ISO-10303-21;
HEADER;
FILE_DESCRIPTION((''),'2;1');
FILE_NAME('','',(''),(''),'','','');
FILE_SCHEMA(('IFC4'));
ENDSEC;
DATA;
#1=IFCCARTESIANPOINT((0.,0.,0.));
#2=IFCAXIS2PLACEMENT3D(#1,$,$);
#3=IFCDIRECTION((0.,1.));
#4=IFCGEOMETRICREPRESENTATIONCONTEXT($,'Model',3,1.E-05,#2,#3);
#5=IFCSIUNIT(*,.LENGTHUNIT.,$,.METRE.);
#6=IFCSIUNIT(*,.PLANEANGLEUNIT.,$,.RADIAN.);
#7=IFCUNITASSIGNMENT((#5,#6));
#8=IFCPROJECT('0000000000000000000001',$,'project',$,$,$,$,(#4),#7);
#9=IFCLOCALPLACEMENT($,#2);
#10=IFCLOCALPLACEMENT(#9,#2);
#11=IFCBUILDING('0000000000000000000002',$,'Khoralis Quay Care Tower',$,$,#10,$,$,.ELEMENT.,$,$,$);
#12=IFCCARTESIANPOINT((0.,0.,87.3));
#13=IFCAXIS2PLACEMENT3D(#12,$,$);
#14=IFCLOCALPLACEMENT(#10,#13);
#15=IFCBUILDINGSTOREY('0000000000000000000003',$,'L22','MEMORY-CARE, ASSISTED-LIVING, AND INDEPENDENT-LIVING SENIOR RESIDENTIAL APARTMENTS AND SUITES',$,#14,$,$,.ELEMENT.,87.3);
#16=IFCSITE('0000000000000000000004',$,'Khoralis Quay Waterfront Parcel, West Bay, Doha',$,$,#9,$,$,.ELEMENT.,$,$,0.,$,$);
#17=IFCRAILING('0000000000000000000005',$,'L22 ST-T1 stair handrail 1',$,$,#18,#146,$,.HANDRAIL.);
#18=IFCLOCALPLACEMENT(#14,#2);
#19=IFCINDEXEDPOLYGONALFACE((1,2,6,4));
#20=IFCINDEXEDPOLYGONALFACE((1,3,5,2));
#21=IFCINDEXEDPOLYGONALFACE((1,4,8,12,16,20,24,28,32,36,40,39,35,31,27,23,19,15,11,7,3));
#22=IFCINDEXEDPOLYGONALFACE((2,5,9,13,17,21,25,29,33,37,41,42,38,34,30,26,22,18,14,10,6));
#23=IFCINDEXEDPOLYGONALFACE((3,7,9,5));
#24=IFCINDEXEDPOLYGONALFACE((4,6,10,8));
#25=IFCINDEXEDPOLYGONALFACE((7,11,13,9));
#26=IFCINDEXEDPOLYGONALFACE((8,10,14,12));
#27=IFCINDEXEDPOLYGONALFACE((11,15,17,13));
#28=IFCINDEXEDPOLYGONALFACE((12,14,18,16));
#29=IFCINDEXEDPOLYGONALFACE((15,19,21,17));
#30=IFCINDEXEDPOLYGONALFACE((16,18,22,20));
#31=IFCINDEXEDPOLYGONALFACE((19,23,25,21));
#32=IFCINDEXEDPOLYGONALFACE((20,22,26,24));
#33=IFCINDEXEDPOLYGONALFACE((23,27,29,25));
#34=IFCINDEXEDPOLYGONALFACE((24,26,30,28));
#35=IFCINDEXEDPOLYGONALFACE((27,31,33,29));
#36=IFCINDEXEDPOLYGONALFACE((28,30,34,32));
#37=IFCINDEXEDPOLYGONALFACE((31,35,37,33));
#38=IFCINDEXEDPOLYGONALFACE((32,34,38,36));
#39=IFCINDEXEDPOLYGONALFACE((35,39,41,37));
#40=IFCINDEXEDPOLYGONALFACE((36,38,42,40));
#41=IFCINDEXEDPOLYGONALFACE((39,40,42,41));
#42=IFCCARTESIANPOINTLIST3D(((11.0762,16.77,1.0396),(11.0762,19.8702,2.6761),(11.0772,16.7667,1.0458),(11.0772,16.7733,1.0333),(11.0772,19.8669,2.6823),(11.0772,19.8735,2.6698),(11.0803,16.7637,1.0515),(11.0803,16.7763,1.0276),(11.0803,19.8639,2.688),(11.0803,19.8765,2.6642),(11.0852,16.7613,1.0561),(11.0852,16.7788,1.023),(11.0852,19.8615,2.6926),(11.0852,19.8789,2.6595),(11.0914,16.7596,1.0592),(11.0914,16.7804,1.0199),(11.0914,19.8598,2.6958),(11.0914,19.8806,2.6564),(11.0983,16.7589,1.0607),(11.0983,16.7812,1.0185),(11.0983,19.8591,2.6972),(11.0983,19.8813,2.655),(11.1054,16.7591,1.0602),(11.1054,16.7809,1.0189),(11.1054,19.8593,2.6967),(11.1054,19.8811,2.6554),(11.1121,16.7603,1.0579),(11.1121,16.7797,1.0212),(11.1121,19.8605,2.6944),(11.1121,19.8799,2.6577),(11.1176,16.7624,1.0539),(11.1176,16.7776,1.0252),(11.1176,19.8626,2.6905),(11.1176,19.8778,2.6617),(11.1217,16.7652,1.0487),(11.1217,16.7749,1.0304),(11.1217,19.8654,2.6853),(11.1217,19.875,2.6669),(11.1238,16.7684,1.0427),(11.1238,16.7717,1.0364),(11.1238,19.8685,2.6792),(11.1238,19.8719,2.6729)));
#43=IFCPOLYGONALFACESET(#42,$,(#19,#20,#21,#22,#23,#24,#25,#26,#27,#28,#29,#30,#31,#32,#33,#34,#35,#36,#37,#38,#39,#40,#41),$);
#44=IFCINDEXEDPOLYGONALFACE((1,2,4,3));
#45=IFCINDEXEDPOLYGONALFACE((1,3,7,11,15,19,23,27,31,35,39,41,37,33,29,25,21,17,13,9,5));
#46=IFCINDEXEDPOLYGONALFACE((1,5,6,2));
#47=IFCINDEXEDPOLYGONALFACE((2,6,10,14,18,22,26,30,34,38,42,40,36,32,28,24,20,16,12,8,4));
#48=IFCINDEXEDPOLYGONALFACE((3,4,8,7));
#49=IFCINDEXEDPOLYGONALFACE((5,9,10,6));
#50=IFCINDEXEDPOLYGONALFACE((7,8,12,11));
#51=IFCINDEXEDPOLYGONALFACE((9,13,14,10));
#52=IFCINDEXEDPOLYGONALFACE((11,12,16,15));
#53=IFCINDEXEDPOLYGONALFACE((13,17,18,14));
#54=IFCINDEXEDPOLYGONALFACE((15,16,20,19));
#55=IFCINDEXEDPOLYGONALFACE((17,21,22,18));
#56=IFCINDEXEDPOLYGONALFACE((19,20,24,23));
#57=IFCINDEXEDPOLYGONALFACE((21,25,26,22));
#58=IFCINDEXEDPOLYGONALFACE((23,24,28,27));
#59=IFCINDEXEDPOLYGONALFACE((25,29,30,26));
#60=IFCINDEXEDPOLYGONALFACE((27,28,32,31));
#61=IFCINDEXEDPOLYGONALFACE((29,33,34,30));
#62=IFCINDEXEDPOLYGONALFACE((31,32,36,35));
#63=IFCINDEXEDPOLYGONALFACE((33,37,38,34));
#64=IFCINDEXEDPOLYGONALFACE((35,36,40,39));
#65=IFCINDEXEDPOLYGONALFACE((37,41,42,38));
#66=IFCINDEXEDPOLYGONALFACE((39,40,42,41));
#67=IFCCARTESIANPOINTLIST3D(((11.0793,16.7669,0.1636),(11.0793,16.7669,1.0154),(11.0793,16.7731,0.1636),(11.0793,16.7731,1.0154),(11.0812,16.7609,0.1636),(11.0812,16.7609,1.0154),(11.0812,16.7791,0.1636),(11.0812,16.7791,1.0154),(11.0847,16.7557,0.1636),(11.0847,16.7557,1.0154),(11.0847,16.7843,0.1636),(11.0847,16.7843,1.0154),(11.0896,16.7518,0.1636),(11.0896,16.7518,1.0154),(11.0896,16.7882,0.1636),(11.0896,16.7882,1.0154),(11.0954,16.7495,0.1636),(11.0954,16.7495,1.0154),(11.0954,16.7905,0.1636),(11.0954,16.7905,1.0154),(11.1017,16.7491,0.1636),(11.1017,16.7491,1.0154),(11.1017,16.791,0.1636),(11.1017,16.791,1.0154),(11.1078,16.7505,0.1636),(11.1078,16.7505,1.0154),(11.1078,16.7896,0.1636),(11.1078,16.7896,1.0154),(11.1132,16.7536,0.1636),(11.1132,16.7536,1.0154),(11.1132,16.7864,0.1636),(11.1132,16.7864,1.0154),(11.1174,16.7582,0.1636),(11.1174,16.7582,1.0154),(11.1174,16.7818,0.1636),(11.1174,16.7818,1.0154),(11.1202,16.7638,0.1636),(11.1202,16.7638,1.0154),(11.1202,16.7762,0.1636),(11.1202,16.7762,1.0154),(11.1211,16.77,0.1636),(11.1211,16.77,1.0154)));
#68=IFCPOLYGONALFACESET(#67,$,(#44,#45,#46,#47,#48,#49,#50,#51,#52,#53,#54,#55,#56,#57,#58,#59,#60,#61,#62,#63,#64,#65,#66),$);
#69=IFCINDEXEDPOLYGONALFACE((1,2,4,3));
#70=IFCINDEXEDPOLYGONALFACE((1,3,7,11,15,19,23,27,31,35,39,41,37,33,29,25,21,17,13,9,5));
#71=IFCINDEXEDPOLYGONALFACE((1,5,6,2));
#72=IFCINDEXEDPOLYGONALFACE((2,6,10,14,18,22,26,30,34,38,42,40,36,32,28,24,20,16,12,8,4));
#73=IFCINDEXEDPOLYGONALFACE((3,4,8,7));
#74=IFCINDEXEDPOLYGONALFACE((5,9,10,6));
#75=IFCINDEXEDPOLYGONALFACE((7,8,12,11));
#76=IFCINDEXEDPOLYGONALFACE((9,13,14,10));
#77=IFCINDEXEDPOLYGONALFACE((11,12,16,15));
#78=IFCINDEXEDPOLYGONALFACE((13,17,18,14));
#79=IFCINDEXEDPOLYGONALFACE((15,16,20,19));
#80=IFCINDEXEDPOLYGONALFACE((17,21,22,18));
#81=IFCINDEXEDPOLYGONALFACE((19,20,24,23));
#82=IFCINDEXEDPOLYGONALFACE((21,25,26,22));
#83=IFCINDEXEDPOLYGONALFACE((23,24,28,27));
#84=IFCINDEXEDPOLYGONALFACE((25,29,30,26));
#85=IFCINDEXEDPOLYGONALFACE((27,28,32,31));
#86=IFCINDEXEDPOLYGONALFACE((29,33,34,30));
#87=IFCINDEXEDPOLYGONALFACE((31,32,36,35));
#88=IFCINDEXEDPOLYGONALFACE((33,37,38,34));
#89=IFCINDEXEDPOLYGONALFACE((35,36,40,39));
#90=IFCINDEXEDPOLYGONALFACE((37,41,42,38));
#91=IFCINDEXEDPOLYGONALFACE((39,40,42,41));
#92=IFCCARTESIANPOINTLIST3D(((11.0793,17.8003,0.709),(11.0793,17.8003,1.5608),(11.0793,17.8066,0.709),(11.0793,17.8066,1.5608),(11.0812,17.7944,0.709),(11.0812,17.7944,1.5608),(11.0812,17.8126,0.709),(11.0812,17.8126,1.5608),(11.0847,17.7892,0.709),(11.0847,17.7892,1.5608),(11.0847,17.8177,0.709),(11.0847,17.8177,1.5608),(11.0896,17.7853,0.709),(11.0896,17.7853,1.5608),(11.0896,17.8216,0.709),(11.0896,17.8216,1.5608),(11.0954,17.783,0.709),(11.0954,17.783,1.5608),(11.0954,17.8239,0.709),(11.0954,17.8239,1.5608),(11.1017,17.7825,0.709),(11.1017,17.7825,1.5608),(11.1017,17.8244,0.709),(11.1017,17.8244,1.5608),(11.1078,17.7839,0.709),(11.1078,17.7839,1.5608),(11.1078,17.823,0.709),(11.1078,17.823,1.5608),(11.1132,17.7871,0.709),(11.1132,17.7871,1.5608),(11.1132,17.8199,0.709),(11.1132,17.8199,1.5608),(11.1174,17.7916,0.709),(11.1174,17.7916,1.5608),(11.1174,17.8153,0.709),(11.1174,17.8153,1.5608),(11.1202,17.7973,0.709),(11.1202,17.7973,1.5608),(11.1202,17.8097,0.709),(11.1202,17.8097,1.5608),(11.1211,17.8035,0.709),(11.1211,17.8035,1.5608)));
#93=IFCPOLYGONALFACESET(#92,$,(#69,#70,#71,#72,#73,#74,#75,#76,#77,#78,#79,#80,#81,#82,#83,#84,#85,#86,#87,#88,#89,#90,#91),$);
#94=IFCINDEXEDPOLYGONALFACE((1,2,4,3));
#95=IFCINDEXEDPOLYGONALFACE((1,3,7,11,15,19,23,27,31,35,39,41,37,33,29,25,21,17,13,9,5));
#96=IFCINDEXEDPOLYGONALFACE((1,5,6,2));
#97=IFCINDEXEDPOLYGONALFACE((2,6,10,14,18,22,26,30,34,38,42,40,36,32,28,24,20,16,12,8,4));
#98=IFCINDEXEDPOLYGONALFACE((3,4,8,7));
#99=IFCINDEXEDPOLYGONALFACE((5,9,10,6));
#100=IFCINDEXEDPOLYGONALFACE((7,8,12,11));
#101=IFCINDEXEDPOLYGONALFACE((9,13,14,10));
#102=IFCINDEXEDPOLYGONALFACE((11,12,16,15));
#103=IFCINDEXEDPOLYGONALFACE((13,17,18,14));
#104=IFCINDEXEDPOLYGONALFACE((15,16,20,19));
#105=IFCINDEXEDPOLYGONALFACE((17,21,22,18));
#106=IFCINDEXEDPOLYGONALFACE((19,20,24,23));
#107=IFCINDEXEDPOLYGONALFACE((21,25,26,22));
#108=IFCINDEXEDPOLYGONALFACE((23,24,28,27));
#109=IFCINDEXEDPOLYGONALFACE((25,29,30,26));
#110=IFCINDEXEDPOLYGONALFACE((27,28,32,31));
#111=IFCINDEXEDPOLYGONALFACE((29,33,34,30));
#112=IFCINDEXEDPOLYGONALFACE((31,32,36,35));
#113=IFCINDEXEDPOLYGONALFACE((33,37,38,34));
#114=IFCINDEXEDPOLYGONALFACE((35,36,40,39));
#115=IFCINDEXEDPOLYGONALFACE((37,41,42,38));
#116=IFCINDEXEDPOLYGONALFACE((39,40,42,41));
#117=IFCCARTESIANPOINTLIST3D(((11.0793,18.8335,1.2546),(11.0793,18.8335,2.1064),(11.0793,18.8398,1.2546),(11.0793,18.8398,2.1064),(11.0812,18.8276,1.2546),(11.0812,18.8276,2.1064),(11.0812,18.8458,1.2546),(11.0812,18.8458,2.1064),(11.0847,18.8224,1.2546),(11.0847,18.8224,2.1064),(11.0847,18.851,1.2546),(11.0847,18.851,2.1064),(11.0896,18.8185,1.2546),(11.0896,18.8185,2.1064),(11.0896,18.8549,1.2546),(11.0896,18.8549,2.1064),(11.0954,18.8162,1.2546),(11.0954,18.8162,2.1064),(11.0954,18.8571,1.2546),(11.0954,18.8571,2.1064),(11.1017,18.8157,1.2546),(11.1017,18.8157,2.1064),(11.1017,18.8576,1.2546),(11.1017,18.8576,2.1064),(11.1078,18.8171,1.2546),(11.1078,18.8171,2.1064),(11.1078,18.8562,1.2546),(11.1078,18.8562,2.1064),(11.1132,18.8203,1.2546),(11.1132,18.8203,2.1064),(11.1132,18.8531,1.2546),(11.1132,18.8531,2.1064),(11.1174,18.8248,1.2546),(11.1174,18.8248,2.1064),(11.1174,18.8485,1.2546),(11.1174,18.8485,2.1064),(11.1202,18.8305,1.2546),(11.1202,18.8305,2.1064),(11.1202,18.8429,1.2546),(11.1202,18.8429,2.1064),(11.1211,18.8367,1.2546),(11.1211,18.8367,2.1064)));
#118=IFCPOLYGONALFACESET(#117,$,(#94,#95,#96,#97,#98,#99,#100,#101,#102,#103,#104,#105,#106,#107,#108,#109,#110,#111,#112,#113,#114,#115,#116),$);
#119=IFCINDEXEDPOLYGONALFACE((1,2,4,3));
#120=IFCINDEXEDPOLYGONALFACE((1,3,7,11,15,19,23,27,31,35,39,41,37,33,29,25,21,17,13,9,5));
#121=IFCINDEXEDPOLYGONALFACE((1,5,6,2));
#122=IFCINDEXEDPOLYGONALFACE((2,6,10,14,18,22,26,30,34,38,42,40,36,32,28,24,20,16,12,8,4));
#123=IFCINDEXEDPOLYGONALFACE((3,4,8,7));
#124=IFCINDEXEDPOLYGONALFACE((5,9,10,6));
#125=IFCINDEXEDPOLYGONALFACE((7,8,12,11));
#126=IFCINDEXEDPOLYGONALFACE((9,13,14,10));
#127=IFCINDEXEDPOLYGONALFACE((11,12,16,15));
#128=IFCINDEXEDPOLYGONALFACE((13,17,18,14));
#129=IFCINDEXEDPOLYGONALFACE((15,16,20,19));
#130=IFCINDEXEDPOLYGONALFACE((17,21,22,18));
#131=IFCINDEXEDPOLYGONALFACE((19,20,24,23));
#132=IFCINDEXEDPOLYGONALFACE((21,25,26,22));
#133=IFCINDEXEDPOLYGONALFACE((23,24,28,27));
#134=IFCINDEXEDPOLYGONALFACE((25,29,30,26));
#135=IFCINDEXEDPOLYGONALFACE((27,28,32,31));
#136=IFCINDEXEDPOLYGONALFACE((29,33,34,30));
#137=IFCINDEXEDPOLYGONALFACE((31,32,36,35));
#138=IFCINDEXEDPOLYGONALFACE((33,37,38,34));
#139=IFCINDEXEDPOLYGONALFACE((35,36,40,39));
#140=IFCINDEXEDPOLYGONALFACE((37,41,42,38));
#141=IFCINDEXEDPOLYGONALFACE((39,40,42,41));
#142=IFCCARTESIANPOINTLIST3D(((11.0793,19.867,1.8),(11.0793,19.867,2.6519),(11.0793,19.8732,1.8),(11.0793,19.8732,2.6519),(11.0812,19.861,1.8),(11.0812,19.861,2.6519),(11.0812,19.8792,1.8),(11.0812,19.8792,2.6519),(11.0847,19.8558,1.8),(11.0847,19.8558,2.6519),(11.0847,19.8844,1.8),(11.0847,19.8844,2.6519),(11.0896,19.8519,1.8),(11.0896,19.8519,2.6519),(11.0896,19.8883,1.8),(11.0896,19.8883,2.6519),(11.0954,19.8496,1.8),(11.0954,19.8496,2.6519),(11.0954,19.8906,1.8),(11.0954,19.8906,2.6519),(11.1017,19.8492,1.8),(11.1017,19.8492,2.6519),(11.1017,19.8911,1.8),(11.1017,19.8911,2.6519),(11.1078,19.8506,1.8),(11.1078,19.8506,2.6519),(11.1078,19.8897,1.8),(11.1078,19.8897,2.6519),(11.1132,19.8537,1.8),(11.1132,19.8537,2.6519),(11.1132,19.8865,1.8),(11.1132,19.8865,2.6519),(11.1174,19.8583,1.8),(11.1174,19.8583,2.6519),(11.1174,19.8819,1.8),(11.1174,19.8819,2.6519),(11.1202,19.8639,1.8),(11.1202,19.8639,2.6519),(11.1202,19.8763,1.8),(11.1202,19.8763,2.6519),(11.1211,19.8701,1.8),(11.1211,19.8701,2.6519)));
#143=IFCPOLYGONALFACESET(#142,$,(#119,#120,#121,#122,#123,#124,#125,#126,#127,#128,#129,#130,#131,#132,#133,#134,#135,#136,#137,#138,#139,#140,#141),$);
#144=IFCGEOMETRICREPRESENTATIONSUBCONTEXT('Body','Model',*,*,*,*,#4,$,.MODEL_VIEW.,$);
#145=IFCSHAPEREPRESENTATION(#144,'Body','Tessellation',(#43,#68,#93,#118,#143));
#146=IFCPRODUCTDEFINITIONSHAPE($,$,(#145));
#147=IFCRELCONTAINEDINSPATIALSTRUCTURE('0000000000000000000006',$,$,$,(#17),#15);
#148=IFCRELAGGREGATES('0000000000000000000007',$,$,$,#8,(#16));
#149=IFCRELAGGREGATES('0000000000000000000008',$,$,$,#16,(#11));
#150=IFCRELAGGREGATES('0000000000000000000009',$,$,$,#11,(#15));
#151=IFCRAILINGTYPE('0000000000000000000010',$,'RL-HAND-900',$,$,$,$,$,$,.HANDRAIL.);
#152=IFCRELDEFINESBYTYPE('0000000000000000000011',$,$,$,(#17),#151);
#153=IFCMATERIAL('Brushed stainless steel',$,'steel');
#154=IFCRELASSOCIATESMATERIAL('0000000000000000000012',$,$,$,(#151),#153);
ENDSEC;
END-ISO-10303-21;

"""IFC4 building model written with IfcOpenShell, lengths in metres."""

from ifc_helpers import new_model, si_unit, direction, frame, origin, origin_2d, place, context, subcontext, project, spatial, circle, extrude, material, type_object, element, save


model = new_model("IFC4")

# Units and contexts
model_context = context("Model", 3, precision=1e-05, world=origin(), true_north=direction((0.0, 1.0)))
body_context = subcontext(model_context, "Body", "Model", "MODEL_VIEW")
ifc_project = project(units=[si_unit("LENGTHUNIT", "METRE"), si_unit("PLANEANGLEUNIT", "RADIAN")], contexts=[model_context])

# Site, building, storey
site_placement = place(None, origin())
site = spatial("IfcSite", under=ifc_project, at=site_placement, Name="Khoralis Quay Waterfront Parcel, West Bay, Doha", CompositionType="ELEMENT", RefElevation=0.0)
building_placement = place(site_placement, origin())
building = spatial("IfcBuilding", under=site, at=building_placement, Name="Khoralis Quay Care Tower", CompositionType="ELEMENT")
storey_placement = place(building_placement, frame((0.0, 0.0, 87.3)))
storey = spatial("IfcBuildingStorey", under=building, at=storey_placement, Name="L22", Description="MEMORY-CARE, ASSISTED-LIVING, AND INDEPENDENT-LIVING SENIOR RESIDENTIAL APARTMENTS AND SUITES", CompositionType="ELEMENT", Elevation=87.3)

# Shared definitions
ifc_material_1 = material(Name="Brushed stainless steel", Category="steel")

# Railing
railing_type_1 = type_object("IfcRailingType", Name="RL-HAND-900", PredefinedType="HANDRAIL", material=ifc_material_1)
railing_1_placement = place(storey_placement, frame((11.1001, 16.77, 0.1636)))
element("IfcRailing", 1, at=railing_1_placement, inside=storey, type_object=railing_type_1, Name="L22 ST-T1 stair handrail 1", PredefinedType="HANDRAIL", context=body_context, shape_type="SweptSolid", body=[
    extrude(circle(Radius=0.0239, at=origin_2d()), frame((0.0, 0.0, 0.876), z_axis=(0.0, 0.884348, 0.466828), x_axis=(-1.0, 0.0, 0.0)), (0.0, 0.0, 1.0), 3.5056),
    extrude(circle(Radius=0.021, at=origin_2d()), origin(), (0.0, 0.0, 1.0), 0.8518),
    extrude(circle(Radius=0.021, at=origin_2d()), frame((0.0, 1.0334, 0.5454)), (0.0, 0.0, 1.0), 0.8518),
    extrude(circle(Radius=0.021, at=origin_2d()), frame((0.0, 2.0667, 1.0911)), (0.0, 0.0, 1.0), 0.8518),
    extrude(circle(Radius=0.021, at=origin_2d()), frame((0.0, 3.1001, 1.6365)), (0.0, 0.0, 1.0), 0.8518),
])

save(model, "model.ifc")
